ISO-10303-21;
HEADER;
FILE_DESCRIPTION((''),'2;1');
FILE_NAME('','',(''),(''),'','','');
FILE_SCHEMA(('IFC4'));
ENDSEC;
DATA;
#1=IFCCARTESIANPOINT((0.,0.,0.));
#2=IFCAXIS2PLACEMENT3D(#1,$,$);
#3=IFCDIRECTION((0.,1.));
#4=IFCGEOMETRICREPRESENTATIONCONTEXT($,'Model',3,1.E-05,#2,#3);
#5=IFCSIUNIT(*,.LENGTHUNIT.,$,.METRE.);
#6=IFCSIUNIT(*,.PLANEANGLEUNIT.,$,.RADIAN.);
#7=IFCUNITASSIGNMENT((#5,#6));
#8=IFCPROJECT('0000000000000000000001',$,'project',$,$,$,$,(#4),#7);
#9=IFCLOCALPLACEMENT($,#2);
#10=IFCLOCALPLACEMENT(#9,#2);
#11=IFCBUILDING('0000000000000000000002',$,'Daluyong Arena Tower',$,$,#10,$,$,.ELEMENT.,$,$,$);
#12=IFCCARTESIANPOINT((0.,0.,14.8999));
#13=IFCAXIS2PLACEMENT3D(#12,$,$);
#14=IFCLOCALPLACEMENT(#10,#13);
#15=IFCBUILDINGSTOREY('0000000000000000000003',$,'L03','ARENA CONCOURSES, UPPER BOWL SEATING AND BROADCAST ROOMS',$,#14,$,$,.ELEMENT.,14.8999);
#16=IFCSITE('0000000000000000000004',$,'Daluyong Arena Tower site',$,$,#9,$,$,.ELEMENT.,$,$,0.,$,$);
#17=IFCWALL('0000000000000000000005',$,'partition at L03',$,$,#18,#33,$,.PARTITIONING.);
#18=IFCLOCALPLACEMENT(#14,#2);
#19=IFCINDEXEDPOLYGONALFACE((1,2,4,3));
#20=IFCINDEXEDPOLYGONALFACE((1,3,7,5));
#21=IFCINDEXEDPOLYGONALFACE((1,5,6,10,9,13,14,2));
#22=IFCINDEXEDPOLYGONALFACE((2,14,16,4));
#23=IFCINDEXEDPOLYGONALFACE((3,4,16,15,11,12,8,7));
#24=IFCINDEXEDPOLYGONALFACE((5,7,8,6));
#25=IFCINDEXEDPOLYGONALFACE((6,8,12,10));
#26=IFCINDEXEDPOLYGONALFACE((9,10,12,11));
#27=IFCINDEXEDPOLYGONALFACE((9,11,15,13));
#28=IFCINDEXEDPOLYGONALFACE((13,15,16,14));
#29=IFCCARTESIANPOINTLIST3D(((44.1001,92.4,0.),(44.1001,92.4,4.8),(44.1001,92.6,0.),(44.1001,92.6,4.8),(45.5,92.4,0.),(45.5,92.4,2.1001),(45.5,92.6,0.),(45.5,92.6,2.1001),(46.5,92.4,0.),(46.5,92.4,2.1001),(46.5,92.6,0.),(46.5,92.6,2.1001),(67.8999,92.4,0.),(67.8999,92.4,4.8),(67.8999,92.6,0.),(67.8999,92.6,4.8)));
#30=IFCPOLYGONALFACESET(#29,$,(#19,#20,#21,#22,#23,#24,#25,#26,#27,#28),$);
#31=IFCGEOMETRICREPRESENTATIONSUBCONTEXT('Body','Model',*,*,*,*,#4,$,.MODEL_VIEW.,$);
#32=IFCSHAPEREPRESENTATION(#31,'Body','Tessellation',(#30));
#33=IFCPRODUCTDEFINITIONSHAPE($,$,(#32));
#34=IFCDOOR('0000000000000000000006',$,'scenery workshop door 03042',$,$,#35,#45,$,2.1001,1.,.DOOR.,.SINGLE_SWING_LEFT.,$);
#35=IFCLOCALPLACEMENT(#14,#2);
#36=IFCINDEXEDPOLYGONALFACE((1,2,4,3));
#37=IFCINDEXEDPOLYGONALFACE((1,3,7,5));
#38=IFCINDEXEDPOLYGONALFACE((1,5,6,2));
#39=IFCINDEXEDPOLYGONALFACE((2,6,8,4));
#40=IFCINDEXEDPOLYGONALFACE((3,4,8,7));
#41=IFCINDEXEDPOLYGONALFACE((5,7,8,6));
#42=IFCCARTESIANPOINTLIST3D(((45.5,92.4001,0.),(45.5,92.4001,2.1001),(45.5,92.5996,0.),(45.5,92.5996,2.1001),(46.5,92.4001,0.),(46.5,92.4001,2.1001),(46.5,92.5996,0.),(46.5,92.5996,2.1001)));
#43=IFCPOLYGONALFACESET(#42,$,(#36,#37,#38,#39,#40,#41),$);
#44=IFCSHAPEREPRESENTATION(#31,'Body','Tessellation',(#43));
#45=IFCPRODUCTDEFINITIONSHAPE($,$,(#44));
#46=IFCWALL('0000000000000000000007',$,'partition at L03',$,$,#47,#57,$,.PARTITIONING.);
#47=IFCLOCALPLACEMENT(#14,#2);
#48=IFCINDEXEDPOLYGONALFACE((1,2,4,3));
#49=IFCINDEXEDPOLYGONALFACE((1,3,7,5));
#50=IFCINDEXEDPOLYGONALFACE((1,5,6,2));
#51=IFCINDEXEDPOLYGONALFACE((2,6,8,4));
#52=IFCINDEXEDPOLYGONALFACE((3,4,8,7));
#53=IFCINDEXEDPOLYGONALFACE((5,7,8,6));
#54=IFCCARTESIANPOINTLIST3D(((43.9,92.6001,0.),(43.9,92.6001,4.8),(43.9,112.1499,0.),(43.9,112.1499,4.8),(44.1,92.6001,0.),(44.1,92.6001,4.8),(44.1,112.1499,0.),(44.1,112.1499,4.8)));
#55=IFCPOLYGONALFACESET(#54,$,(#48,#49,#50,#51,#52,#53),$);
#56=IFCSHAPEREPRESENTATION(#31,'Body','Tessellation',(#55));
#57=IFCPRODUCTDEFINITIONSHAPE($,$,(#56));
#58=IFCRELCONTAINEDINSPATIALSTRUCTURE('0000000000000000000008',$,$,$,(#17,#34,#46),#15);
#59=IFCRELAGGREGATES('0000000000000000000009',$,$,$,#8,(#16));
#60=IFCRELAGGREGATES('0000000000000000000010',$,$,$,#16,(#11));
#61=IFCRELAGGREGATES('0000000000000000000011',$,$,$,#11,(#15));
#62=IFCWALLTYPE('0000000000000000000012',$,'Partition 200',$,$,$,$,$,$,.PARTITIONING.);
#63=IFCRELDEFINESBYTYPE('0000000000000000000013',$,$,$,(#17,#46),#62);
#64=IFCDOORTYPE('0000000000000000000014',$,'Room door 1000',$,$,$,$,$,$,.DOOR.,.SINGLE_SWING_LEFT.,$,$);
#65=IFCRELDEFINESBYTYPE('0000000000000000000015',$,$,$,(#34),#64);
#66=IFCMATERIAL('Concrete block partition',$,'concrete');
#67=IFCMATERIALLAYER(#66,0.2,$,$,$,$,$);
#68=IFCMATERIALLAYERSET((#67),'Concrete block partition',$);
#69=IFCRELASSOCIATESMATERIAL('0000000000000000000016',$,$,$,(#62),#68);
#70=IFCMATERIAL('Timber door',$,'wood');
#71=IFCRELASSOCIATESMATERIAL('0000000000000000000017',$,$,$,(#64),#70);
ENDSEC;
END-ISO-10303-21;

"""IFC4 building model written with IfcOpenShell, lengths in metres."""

from ifc_helpers import new_model, si_unit, direction, frame, frame_2d, origin, place, context, subcontext, project, spatial, rectangle, extrude, material, layer, layer_set, type_object, element, fill, save


model = new_model("IFC4")

# Units and contexts
model_context = context("Model", 3, precision=1e-05, world=origin(), true_north=direction((0.0, 1.0)))
body_context = subcontext(model_context, "Body", "Model", "MODEL_VIEW")
ifc_project = project(units=[si_unit("LENGTHUNIT", "METRE"), si_unit("PLANEANGLEUNIT", "RADIAN")], contexts=[model_context])

# Site, building, storey
site_placement = place(None, origin())
site = spatial("IfcSite", under=ifc_project, at=site_placement, Name="Daluyong Arena Tower site", CompositionType="ELEMENT", RefElevation=0.0)
building_placement = place(site_placement, origin())
building = spatial("IfcBuilding", under=site, at=building_placement, Name="Daluyong Arena Tower", CompositionType="ELEMENT")
storey_placement = place(building_placement, frame((0.0, 0.0, 14.8999)))
storey = spatial("IfcBuildingStorey", under=building, at=storey_placement, Name="L03", Description="ARENA CONCOURSES, UPPER BOWL SEATING AND BROADCAST ROOMS", CompositionType="ELEMENT", Elevation=14.8999)

# Wall, opening, door
ifc_material_1 = material(Name="Concrete block partition", Category="concrete")
ifc_layer = layer(ifc_material_1, 0.2)
ifc_layer_set = layer_set([ifc_layer], Name="Concrete block partition")
wall_type = type_object("IfcWallType", Name="Partition 200", PredefinedType="PARTITIONING", material=ifc_layer_set)
wall_1_placement = place(storey_placement, frame((44.1001, 92.5, 0.0), z_axis=(0.0, 0.0, 1.0), x_axis=(1.0, 0.0, 0.0)))
wall_1 = element("IfcWall", 1, at=wall_1_placement, inside=storey, type_object=wall_type, Name="partition at L03", PredefinedType="PARTITIONING", context=body_context, shape_type="SweptSolid", body=[
    extrude(rectangle(XDim=23.7998, YDim=0.2, at=frame_2d((11.8999, 0.0))), origin(), (0.0, 0.0, 1.0), 4.8),
])
opening_placement = place(wall_1_placement, frame((1.3999, 0.0, 0.0)))
opening = element("IfcOpeningElement", 2, at=opening_placement, cuts=wall_1, PredefinedType="OPENING", context=body_context, shape_type="SweptSolid", body=[
    extrude(rectangle(XDim=1.0, YDim=2.1001, at=frame_2d((0.5, 1.05))), frame((0.0, 0.1099, 0.0), z_axis=(0.0, -1.0, 0.0), x_axis=(1.0, 0.0, 0.0)), (0.0, 0.0, 1.0), 0.22),
])
ifc_material_2 = material(Name="Timber door", Category="wood")
door_type = type_object("IfcDoorType", Name="Room door 1000", OperationType="SINGLE_SWING_LEFT", PredefinedType="DOOR", material=ifc_material_2)
door_placement = place(opening_placement, origin())
door = element("IfcDoor", 3, at=door_placement, inside=storey, type_object=door_type, Name="scenery workshop door 03042", OperationType="SINGLE_SWING_LEFT", OverallHeight=2.1001, OverallWidth=1.0, PredefinedType="DOOR", context=body_context, shape_type="SweptSolid", body=[
    extrude(rectangle(XDim=1.0, YDim=2.1001, at=frame_2d((0.5, 1.05))), frame((0.0, 0.0996, 0.0), z_axis=(0.0, -1.0, 0.0), x_axis=(1.0, 0.0, 0.0)), (0.0, 0.0, 1.0), 0.1995),
])
fill(opening, door)

# Wall
wall_2_placement = place(storey_placement, frame((44.0, 92.6001, 0.0), z_axis=(0.0, 0.0, 1.0), x_axis=(0.0, 1.0, 0.0)))
element("IfcWall", 4, at=wall_2_placement, inside=storey, type_object=wall_type, Name="partition at L03", PredefinedType="PARTITIONING", context=body_context, shape_type="SweptSolid", body=[
    extrude(rectangle(XDim=19.5498, YDim=0.2, at=frame_2d((9.7749, 0.0))), origin(), (0.0, 0.0, 1.0), 4.8),
])

save(model, "model.ifc")
